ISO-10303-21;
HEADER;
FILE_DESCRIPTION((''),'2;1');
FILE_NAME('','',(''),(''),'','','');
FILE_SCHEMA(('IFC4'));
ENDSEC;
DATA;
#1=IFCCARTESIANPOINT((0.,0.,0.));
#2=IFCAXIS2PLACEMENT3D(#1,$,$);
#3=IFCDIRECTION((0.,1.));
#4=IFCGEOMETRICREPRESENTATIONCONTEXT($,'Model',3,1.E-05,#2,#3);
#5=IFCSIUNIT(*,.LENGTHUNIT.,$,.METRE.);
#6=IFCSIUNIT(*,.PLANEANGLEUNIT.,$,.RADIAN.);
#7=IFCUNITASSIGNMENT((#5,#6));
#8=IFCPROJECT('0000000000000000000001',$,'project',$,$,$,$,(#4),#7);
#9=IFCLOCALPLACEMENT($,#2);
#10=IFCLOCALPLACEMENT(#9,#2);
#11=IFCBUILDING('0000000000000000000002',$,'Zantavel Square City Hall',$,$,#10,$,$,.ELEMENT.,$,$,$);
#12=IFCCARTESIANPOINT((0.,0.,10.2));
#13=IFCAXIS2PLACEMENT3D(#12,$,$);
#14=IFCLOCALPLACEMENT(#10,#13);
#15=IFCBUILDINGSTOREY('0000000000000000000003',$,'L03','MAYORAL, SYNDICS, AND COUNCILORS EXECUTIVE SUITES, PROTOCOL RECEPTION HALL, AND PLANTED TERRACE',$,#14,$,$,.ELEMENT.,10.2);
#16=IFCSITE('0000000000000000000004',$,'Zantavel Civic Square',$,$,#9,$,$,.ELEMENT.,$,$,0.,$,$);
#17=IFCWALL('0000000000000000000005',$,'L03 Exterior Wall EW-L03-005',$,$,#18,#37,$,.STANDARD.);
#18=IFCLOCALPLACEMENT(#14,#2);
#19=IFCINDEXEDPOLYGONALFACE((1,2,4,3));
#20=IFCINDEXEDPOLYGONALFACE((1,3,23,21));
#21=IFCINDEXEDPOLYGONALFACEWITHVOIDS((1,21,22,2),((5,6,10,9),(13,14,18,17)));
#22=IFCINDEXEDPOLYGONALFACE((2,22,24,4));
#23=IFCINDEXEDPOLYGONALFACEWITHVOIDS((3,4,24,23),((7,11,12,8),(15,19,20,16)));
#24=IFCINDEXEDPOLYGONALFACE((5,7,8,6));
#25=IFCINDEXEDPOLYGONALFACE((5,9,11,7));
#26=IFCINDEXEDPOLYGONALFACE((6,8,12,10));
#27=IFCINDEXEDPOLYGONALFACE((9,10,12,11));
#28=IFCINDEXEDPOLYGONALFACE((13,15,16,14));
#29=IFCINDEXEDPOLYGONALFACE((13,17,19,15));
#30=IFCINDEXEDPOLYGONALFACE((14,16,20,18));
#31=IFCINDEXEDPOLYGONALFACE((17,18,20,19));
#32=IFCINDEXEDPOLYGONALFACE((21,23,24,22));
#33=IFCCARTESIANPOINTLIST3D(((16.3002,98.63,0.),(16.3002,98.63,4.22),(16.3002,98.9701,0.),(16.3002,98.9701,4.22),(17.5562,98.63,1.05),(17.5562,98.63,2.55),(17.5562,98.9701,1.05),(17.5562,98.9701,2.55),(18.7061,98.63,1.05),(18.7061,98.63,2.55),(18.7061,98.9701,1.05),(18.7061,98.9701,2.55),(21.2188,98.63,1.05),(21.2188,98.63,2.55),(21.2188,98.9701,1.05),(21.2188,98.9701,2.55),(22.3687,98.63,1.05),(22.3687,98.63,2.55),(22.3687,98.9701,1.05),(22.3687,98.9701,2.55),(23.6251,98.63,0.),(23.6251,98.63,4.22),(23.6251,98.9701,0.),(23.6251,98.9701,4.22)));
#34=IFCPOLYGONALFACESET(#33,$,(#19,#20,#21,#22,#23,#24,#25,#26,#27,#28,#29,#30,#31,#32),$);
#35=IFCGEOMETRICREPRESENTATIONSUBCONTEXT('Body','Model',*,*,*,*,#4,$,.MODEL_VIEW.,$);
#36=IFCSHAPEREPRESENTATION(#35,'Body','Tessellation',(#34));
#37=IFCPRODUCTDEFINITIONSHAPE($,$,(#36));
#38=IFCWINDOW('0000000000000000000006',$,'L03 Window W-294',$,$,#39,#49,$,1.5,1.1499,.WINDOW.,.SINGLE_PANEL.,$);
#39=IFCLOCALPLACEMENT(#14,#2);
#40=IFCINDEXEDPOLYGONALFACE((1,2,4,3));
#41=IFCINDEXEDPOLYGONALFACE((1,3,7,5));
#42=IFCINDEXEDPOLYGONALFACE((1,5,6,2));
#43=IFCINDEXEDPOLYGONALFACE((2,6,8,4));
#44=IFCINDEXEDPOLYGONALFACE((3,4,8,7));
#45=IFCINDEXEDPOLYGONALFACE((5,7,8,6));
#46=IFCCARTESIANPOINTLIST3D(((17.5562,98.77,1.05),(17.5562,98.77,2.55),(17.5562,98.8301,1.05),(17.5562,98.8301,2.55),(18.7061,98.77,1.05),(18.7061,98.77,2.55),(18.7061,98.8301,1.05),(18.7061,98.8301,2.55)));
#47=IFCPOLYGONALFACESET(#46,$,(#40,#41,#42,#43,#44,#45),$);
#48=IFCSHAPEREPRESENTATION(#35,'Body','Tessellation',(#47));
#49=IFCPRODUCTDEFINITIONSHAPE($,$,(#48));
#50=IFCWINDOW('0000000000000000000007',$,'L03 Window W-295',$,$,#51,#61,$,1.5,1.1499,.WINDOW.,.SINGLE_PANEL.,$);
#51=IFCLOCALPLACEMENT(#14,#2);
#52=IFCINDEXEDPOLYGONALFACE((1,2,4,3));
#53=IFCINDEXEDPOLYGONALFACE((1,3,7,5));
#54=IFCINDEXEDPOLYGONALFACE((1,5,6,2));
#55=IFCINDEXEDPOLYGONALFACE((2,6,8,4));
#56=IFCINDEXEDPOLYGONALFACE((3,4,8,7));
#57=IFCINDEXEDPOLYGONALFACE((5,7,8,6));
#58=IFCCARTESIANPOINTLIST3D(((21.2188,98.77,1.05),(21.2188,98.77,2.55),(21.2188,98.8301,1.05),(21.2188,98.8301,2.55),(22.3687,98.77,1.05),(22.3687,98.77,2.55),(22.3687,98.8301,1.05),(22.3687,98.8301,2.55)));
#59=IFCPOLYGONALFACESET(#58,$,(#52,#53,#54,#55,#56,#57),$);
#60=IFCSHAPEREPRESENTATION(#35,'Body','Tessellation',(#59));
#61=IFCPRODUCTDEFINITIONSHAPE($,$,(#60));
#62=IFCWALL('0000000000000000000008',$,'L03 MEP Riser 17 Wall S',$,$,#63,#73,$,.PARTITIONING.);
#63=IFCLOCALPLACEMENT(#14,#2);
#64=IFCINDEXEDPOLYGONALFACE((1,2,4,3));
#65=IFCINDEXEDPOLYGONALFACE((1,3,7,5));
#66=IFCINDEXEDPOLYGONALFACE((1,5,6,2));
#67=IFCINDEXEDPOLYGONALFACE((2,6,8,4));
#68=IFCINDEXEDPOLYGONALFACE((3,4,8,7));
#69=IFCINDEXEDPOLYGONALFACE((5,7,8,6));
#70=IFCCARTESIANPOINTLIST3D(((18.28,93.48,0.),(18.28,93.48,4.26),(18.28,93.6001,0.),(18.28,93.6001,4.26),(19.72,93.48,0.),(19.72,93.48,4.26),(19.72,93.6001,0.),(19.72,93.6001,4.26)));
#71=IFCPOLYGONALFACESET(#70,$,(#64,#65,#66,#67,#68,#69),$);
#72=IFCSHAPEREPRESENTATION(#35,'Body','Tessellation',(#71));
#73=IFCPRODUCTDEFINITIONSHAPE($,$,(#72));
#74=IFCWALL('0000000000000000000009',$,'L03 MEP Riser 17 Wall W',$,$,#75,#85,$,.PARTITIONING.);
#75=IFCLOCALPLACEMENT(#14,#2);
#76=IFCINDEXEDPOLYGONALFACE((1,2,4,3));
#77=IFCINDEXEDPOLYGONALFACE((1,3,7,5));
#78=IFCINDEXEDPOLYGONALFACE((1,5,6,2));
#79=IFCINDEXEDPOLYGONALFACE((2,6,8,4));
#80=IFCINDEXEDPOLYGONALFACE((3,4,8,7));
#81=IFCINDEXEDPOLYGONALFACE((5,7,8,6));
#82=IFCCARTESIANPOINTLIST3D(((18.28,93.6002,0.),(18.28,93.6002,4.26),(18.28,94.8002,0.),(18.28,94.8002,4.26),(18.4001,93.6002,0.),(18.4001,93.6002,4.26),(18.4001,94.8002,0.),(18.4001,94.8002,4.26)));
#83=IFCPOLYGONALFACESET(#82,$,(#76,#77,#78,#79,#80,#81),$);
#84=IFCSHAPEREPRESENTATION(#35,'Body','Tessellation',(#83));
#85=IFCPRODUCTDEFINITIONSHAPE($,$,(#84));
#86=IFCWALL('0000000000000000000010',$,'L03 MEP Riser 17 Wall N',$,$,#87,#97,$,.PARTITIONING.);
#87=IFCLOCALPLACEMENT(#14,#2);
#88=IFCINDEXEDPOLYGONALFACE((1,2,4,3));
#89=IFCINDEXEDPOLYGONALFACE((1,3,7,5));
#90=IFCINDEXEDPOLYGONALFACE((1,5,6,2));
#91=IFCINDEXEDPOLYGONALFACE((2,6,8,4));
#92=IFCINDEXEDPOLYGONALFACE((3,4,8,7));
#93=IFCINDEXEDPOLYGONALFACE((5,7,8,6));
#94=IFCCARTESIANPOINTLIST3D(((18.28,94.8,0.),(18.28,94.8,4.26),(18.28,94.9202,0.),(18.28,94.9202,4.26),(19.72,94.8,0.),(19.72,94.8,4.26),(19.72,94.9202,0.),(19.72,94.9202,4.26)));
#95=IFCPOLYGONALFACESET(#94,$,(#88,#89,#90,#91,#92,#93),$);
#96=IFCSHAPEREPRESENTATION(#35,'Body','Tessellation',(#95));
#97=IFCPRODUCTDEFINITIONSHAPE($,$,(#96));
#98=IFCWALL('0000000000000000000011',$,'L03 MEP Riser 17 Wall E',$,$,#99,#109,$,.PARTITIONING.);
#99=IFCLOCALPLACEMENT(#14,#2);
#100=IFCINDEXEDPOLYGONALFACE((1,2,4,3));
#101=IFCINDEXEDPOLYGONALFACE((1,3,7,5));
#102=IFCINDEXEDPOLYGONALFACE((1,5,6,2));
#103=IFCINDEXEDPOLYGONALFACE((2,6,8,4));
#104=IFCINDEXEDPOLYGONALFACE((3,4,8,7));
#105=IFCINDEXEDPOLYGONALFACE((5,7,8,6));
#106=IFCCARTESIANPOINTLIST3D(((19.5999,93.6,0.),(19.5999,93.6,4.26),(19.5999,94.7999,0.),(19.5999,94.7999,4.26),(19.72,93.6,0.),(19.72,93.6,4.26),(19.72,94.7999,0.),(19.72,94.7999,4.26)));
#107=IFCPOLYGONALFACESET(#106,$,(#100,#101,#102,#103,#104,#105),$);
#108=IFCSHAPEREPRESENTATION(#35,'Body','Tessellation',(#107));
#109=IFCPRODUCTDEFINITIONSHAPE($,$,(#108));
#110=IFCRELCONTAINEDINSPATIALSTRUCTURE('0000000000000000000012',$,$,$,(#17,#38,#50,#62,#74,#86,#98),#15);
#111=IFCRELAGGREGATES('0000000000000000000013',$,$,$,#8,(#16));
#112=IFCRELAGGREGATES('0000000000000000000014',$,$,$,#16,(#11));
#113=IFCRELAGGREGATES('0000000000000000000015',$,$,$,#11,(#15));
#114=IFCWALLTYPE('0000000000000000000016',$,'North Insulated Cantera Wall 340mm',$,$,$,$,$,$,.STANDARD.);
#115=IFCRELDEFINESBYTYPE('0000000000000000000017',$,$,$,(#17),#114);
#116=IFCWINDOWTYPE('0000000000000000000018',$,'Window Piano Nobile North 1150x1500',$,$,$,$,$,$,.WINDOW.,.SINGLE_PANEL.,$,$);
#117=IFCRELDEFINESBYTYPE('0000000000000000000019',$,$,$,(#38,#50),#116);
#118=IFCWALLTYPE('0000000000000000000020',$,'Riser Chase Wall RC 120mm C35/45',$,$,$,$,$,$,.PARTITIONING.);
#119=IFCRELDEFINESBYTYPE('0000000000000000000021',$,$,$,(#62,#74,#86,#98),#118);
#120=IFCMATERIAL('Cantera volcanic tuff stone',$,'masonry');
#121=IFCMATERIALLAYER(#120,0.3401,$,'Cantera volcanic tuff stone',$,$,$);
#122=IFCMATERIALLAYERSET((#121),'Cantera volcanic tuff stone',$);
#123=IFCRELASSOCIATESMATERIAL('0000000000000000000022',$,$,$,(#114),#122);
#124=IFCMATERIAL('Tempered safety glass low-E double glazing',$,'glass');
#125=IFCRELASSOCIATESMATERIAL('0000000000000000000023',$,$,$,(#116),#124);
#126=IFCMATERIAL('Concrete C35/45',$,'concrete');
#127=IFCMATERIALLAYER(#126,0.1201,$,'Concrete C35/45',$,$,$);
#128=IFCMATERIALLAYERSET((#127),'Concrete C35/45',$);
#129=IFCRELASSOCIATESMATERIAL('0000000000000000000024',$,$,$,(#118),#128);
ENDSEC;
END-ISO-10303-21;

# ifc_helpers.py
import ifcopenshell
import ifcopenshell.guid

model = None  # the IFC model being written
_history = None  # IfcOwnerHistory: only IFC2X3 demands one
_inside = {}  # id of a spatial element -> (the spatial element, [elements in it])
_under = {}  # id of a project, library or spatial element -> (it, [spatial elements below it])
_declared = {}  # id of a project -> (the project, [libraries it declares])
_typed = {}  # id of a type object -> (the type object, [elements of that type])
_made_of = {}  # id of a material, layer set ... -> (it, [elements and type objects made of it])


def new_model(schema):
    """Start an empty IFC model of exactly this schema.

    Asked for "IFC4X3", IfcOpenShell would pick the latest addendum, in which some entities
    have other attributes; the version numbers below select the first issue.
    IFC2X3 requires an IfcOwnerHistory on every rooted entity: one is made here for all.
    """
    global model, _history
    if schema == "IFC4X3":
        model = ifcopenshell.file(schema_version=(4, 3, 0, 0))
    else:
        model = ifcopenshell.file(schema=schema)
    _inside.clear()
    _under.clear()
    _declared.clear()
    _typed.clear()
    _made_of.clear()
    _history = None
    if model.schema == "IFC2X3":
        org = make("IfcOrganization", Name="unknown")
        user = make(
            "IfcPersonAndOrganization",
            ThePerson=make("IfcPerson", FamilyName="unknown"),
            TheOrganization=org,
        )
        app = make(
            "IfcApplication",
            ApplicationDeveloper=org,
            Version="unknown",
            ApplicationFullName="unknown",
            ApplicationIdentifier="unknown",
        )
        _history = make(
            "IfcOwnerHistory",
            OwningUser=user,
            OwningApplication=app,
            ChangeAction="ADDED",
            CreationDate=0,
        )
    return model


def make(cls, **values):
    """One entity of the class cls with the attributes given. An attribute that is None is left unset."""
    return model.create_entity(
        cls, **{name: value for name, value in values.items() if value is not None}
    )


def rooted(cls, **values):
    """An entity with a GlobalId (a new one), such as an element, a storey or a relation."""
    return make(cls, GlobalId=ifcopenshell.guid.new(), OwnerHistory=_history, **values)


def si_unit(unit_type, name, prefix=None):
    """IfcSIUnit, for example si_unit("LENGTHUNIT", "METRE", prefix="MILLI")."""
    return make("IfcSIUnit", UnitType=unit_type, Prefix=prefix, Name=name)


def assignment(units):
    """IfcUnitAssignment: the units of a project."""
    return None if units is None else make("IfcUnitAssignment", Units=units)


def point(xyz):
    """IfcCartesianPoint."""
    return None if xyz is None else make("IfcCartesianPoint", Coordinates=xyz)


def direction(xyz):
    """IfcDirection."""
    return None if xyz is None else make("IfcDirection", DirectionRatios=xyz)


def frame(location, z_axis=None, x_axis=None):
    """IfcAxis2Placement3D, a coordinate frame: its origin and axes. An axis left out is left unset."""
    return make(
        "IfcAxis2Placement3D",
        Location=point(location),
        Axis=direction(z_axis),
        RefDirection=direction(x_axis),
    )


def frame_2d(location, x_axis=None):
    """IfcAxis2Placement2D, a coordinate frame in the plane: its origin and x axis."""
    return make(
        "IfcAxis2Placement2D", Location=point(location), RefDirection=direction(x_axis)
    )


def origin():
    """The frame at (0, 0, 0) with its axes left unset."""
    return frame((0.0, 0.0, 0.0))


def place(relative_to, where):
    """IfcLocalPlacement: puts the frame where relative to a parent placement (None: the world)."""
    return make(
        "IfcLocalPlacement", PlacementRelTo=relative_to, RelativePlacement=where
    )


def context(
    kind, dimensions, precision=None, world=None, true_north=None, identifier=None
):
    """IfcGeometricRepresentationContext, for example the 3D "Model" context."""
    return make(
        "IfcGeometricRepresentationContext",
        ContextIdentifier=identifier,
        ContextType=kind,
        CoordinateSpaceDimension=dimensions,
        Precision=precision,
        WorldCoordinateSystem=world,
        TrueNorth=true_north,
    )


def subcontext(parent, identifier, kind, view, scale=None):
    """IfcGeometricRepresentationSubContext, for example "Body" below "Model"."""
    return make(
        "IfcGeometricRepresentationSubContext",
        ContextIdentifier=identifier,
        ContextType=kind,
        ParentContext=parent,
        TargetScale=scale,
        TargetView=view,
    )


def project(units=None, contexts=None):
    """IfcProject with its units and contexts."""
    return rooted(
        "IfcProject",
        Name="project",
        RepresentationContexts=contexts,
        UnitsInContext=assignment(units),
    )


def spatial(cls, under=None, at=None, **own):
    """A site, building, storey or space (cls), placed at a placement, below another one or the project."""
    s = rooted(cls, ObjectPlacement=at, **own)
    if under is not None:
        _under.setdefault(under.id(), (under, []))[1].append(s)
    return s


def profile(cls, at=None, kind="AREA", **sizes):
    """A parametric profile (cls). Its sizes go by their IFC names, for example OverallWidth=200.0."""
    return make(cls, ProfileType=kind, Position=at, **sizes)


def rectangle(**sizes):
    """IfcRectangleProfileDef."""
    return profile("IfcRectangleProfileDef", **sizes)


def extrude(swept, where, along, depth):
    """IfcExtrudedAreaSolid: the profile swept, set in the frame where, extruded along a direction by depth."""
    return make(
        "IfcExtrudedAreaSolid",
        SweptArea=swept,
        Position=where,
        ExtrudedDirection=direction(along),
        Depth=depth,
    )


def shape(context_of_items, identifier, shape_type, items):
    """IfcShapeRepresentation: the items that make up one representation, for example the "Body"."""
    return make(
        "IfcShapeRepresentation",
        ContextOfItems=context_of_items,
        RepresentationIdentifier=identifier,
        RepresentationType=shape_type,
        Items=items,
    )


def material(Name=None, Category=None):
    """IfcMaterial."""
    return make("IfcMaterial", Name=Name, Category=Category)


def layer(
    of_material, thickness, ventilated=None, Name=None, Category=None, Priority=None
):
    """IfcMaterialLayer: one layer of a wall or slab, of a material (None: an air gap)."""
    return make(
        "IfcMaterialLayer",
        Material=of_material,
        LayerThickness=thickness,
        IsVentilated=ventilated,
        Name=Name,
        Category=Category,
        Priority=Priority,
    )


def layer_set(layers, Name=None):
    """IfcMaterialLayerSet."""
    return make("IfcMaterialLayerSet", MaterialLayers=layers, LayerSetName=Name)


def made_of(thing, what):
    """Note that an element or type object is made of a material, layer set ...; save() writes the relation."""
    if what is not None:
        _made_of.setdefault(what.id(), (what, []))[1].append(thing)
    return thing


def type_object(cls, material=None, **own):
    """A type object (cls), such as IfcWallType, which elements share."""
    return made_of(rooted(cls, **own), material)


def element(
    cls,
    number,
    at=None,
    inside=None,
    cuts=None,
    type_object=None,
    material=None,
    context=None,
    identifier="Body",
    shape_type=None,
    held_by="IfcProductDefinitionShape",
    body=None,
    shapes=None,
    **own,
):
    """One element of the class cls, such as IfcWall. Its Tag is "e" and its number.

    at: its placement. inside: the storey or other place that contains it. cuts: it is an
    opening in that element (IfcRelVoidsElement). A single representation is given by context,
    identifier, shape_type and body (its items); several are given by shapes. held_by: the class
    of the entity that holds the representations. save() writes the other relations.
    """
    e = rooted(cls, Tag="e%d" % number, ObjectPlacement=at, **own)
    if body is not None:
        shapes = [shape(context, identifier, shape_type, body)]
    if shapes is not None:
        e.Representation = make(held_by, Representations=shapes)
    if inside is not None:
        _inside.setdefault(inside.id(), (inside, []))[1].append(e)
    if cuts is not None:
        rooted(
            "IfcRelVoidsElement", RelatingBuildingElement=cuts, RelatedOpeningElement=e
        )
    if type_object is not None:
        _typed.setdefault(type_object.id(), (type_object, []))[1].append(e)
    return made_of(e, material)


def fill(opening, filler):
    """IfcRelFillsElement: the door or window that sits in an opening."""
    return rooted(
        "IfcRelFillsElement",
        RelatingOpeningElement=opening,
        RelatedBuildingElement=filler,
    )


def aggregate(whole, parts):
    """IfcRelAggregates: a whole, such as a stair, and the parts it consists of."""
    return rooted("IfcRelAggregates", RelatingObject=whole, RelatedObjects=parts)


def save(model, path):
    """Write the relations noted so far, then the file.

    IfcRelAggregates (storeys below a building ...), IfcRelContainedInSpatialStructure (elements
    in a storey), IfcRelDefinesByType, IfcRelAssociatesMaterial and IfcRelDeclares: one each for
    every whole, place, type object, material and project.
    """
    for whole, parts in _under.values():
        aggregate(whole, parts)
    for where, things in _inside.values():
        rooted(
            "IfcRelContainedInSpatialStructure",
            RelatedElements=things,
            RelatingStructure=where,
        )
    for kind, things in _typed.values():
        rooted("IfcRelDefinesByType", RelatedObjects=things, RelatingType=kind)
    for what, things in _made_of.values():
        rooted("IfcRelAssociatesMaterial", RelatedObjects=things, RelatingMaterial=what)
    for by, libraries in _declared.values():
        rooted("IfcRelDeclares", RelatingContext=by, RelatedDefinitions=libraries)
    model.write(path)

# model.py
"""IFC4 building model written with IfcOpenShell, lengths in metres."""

from ifc_helpers import new_model, si_unit, direction, frame, frame_2d, origin, place, context, subcontext, project, spatial, rectangle, extrude, material, layer, layer_set, type_object, element, fill, save


model = new_model("IFC4")

# Units and contexts
model_context = context("Model", 3, precision=1e-05, world=origin(), true_north=direction((0.0, 1.0)))
body_context = subcontext(model_context, "Body", "Model", "MODEL_VIEW")
ifc_project = project(units=[si_unit("LENGTHUNIT", "METRE"), si_unit("PLANEANGLEUNIT", "RADIAN")], contexts=[model_context])

# Site, building, storey
site_placement = place(None, origin())
site = spatial("IfcSite", under=ifc_project, at=site_placement, Name="Zantavel Civic Square", CompositionType="ELEMENT", RefElevation=0.0)
building_placement = place(site_placement, origin())
building = spatial("IfcBuilding", under=site, at=building_placement, Name="Zantavel Square City Hall", CompositionType="ELEMENT")
storey_placement = place(building_placement, frame((0.0, 0.0, 10.2)))
storey = spatial("IfcBuildingStorey", under=building, at=storey_placement, Name="L03", Description="MAYORAL, SYNDICS, AND COUNCILORS EXECUTIVE SUITES, PROTOCOL RECEPTION HALL, AND PLANTED TERRACE", CompositionType="ELEMENT", Elevation=10.2)

# Shared definitions
ifc_material_1 = material(Name="Concrete C35/45", Category="concrete")

# Wall, openings, windows
ifc_material_2 = material(Name="Cantera volcanic tuff stone", Category="masonry")
ifc_material_3 = material(Name="Tempered safety glass low-E double glazing", Category="glass")
ifc_layer_1 = layer(ifc_material_2, 0.3401, Name="Cantera volcanic tuff stone")
ifc_layer_set_1 = layer_set([ifc_layer_1], Name="Cantera volcanic tuff stone")
wall_type_1 = type_object("IfcWallType", Name="North Insulated Cantera Wall 340mm", PredefinedType="STANDARD", material=ifc_layer_set_1)
wall_1_placement = place(storey_placement, frame((16.3, 98.8, 0.0), z_axis=(0.0, 0.0, 1.0), x_axis=(1.0, 0.0, 0.0)))
wall_1 = element("IfcWall", 1, at=wall_1_placement, inside=storey, type_object=wall_type_1, Name="L03 Exterior Wall EW-L03-005", PredefinedType="STANDARD", context=body_context, shape_type="SweptSolid", body=[
    extrude(rectangle(XDim=7.325, YDim=0.3401, at=frame_2d((3.6626, 0.0))), origin(), (0.0, 0.0, 1.0), 4.22),
])
opening_1_placement = place(wall_1_placement, frame((1.2561, 0.0, 1.05)))
opening_1 = element("IfcOpeningElement", 2, at=opening_1_placement, cuts=wall_1, PredefinedType="OPENING", context=body_context, shape_type="SweptSolid", body=[
    extrude(rectangle(XDim=1.1499, YDim=1.5, at=frame_2d((0.575, 0.75))), frame((0.0, 0.1799, 0.0), z_axis=(0.0, -1.0, 0.0), x_axis=(1.0, 0.0, 0.0)), (0.0, 0.0, 1.0), 0.3601),
])
opening_2_placement = place(wall_1_placement, frame((4.9187, 0.0, 1.05)))
opening_2 = element("IfcOpeningElement", 3, at=opening_2_placement, cuts=wall_1, PredefinedType="OPENING", context=body_context, shape_type="SweptSolid", body=[
    extrude(rectangle(XDim=1.1499, YDim=1.5, at=frame_2d((0.575, 0.75))), frame((0.0, 0.1799, 0.0), z_axis=(0.0, -1.0, 0.0), x_axis=(1.0, 0.0, 0.0)), (0.0, 0.0, 1.0), 0.3601),
])
window_type_1 = type_object("IfcWindowType", Name="Window Piano Nobile North 1150x1500", PartitioningType="SINGLE_PANEL", PredefinedType="WINDOW", material=ifc_material_3)
window_1_placement = place(opening_1_placement, origin())
window_1 = element("IfcWindow", 4, at=window_1_placement, inside=storey, type_object=window_type_1, Name="L03 Window W-294", OverallHeight=1.5, OverallWidth=1.1499, PartitioningType="SINGLE_PANEL", PredefinedType="WINDOW", context=body_context, shape_type="SweptSolid", body=[
    extrude(rectangle(XDim=1.1499, YDim=1.5, at=frame_2d((0.575, 0.75))), frame((0.0, 0.03, 0.0), z_axis=(0.0, -1.0, 0.0), x_axis=(1.0, 0.0, 0.0)), (0.0, 0.0, 1.0), 0.0601),
])
fill(opening_1, window_1)
window_2_placement = place(opening_2_placement, origin())
window_2 = element("IfcWindow", 5, at=window_2_placement, inside=storey, type_object=window_type_1, Name="L03 Window W-295", OverallHeight=1.5, OverallWidth=1.1499, PartitioningType="SINGLE_PANEL", PredefinedType="WINDOW", context=body_context, shape_type="SweptSolid", body=[
    extrude(rectangle(XDim=1.1499, YDim=1.5, at=frame_2d((0.575, 0.75))), frame((0.0, 0.03, 0.0), z_axis=(0.0, -1.0, 0.0), x_axis=(1.0, 0.0, 0.0)), (0.0, 0.0, 1.0), 0.0601),
])
fill(opening_2, window_2)

# Walls
ifc_layer_2 = layer(ifc_material_1, 0.1201, Name="Concrete C35/45")
ifc_layer_set_2 = layer_set([ifc_layer_2], Name="Concrete C35/45")
wall_type_2 = type_object("IfcWallType", Name="Riser Chase Wall RC 120mm C35/45", PredefinedType="PARTITIONING", material=ifc_layer_set_2)
wall_2_placement = place(storey_placement, frame((19.72, 93.54, 0.0), z_axis=(0.0, 0.0, 1.0), x_axis=(-1.0, 0.0, 0.0)))
element("IfcWall", 6, at=wall_2_placement, inside=storey, type_object=wall_type_2, Name="L03 MEP Riser 17 Wall S", PredefinedType="PARTITIONING", context=body_context, shape_type="SweptSolid", body=[
    extrude(rectangle(XDim=1.4399, YDim=0.1201, at=frame_2d((0.72, 0.0))), origin(), (0.0, 0.0, 1.0), 4.26),
])
wall_3_placement = place(storey_placement, frame((18.3401, 93.6001, 0.0), z_axis=(0.0, 0.0, 1.0), x_axis=(0.0, 1.0, 0.0)))
element("IfcWall", 7, at=wall_3_placement, inside=storey, type_object=wall_type_2, Name="L03 MEP Riser 17 Wall W", PredefinedType="PARTITIONING", context=body_context, shape_type="SweptSolid", body=[
    extrude(rectangle(XDim=1.2, YDim=0.1201, at=frame_2d((0.6001, 0.0))), origin(), (0.0, 0.0, 1.0), 4.26),
])
wall_4_placement = place(storey_placement, frame((18.28, 94.8601, 0.0), z_axis=(0.0, 0.0, 1.0), x_axis=(1.0, 0.0, 0.0)))
element("IfcWall", 8, at=wall_4_placement, inside=storey, type_object=wall_type_2, Name="L03 MEP Riser 17 Wall N", PredefinedType="PARTITIONING", context=body_context, shape_type="SweptSolid", body=[
    extrude(rectangle(XDim=1.4399, YDim=0.1201, at=frame_2d((0.72, 0.0))), origin(), (0.0, 0.0, 1.0), 4.26),
])
wall_5_placement = place(storey_placement, frame((19.6599, 94.8, 0.0), z_axis=(0.0, 0.0, 1.0), x_axis=(0.0, -1.0, 0.0)))
element("IfcWall", 9, at=wall_5_placement, inside=storey, type_object=wall_type_2, Name="L03 MEP Riser 17 Wall E", PredefinedType="PARTITIONING", context=body_context, shape_type="SweptSolid", body=[
    extrude(rectangle(XDim=1.2, YDim=0.1201, at=frame_2d((0.6001, 0.0))), origin(), (0.0, 0.0, 1.0), 4.26),
])

save(model, "model.ifc")
